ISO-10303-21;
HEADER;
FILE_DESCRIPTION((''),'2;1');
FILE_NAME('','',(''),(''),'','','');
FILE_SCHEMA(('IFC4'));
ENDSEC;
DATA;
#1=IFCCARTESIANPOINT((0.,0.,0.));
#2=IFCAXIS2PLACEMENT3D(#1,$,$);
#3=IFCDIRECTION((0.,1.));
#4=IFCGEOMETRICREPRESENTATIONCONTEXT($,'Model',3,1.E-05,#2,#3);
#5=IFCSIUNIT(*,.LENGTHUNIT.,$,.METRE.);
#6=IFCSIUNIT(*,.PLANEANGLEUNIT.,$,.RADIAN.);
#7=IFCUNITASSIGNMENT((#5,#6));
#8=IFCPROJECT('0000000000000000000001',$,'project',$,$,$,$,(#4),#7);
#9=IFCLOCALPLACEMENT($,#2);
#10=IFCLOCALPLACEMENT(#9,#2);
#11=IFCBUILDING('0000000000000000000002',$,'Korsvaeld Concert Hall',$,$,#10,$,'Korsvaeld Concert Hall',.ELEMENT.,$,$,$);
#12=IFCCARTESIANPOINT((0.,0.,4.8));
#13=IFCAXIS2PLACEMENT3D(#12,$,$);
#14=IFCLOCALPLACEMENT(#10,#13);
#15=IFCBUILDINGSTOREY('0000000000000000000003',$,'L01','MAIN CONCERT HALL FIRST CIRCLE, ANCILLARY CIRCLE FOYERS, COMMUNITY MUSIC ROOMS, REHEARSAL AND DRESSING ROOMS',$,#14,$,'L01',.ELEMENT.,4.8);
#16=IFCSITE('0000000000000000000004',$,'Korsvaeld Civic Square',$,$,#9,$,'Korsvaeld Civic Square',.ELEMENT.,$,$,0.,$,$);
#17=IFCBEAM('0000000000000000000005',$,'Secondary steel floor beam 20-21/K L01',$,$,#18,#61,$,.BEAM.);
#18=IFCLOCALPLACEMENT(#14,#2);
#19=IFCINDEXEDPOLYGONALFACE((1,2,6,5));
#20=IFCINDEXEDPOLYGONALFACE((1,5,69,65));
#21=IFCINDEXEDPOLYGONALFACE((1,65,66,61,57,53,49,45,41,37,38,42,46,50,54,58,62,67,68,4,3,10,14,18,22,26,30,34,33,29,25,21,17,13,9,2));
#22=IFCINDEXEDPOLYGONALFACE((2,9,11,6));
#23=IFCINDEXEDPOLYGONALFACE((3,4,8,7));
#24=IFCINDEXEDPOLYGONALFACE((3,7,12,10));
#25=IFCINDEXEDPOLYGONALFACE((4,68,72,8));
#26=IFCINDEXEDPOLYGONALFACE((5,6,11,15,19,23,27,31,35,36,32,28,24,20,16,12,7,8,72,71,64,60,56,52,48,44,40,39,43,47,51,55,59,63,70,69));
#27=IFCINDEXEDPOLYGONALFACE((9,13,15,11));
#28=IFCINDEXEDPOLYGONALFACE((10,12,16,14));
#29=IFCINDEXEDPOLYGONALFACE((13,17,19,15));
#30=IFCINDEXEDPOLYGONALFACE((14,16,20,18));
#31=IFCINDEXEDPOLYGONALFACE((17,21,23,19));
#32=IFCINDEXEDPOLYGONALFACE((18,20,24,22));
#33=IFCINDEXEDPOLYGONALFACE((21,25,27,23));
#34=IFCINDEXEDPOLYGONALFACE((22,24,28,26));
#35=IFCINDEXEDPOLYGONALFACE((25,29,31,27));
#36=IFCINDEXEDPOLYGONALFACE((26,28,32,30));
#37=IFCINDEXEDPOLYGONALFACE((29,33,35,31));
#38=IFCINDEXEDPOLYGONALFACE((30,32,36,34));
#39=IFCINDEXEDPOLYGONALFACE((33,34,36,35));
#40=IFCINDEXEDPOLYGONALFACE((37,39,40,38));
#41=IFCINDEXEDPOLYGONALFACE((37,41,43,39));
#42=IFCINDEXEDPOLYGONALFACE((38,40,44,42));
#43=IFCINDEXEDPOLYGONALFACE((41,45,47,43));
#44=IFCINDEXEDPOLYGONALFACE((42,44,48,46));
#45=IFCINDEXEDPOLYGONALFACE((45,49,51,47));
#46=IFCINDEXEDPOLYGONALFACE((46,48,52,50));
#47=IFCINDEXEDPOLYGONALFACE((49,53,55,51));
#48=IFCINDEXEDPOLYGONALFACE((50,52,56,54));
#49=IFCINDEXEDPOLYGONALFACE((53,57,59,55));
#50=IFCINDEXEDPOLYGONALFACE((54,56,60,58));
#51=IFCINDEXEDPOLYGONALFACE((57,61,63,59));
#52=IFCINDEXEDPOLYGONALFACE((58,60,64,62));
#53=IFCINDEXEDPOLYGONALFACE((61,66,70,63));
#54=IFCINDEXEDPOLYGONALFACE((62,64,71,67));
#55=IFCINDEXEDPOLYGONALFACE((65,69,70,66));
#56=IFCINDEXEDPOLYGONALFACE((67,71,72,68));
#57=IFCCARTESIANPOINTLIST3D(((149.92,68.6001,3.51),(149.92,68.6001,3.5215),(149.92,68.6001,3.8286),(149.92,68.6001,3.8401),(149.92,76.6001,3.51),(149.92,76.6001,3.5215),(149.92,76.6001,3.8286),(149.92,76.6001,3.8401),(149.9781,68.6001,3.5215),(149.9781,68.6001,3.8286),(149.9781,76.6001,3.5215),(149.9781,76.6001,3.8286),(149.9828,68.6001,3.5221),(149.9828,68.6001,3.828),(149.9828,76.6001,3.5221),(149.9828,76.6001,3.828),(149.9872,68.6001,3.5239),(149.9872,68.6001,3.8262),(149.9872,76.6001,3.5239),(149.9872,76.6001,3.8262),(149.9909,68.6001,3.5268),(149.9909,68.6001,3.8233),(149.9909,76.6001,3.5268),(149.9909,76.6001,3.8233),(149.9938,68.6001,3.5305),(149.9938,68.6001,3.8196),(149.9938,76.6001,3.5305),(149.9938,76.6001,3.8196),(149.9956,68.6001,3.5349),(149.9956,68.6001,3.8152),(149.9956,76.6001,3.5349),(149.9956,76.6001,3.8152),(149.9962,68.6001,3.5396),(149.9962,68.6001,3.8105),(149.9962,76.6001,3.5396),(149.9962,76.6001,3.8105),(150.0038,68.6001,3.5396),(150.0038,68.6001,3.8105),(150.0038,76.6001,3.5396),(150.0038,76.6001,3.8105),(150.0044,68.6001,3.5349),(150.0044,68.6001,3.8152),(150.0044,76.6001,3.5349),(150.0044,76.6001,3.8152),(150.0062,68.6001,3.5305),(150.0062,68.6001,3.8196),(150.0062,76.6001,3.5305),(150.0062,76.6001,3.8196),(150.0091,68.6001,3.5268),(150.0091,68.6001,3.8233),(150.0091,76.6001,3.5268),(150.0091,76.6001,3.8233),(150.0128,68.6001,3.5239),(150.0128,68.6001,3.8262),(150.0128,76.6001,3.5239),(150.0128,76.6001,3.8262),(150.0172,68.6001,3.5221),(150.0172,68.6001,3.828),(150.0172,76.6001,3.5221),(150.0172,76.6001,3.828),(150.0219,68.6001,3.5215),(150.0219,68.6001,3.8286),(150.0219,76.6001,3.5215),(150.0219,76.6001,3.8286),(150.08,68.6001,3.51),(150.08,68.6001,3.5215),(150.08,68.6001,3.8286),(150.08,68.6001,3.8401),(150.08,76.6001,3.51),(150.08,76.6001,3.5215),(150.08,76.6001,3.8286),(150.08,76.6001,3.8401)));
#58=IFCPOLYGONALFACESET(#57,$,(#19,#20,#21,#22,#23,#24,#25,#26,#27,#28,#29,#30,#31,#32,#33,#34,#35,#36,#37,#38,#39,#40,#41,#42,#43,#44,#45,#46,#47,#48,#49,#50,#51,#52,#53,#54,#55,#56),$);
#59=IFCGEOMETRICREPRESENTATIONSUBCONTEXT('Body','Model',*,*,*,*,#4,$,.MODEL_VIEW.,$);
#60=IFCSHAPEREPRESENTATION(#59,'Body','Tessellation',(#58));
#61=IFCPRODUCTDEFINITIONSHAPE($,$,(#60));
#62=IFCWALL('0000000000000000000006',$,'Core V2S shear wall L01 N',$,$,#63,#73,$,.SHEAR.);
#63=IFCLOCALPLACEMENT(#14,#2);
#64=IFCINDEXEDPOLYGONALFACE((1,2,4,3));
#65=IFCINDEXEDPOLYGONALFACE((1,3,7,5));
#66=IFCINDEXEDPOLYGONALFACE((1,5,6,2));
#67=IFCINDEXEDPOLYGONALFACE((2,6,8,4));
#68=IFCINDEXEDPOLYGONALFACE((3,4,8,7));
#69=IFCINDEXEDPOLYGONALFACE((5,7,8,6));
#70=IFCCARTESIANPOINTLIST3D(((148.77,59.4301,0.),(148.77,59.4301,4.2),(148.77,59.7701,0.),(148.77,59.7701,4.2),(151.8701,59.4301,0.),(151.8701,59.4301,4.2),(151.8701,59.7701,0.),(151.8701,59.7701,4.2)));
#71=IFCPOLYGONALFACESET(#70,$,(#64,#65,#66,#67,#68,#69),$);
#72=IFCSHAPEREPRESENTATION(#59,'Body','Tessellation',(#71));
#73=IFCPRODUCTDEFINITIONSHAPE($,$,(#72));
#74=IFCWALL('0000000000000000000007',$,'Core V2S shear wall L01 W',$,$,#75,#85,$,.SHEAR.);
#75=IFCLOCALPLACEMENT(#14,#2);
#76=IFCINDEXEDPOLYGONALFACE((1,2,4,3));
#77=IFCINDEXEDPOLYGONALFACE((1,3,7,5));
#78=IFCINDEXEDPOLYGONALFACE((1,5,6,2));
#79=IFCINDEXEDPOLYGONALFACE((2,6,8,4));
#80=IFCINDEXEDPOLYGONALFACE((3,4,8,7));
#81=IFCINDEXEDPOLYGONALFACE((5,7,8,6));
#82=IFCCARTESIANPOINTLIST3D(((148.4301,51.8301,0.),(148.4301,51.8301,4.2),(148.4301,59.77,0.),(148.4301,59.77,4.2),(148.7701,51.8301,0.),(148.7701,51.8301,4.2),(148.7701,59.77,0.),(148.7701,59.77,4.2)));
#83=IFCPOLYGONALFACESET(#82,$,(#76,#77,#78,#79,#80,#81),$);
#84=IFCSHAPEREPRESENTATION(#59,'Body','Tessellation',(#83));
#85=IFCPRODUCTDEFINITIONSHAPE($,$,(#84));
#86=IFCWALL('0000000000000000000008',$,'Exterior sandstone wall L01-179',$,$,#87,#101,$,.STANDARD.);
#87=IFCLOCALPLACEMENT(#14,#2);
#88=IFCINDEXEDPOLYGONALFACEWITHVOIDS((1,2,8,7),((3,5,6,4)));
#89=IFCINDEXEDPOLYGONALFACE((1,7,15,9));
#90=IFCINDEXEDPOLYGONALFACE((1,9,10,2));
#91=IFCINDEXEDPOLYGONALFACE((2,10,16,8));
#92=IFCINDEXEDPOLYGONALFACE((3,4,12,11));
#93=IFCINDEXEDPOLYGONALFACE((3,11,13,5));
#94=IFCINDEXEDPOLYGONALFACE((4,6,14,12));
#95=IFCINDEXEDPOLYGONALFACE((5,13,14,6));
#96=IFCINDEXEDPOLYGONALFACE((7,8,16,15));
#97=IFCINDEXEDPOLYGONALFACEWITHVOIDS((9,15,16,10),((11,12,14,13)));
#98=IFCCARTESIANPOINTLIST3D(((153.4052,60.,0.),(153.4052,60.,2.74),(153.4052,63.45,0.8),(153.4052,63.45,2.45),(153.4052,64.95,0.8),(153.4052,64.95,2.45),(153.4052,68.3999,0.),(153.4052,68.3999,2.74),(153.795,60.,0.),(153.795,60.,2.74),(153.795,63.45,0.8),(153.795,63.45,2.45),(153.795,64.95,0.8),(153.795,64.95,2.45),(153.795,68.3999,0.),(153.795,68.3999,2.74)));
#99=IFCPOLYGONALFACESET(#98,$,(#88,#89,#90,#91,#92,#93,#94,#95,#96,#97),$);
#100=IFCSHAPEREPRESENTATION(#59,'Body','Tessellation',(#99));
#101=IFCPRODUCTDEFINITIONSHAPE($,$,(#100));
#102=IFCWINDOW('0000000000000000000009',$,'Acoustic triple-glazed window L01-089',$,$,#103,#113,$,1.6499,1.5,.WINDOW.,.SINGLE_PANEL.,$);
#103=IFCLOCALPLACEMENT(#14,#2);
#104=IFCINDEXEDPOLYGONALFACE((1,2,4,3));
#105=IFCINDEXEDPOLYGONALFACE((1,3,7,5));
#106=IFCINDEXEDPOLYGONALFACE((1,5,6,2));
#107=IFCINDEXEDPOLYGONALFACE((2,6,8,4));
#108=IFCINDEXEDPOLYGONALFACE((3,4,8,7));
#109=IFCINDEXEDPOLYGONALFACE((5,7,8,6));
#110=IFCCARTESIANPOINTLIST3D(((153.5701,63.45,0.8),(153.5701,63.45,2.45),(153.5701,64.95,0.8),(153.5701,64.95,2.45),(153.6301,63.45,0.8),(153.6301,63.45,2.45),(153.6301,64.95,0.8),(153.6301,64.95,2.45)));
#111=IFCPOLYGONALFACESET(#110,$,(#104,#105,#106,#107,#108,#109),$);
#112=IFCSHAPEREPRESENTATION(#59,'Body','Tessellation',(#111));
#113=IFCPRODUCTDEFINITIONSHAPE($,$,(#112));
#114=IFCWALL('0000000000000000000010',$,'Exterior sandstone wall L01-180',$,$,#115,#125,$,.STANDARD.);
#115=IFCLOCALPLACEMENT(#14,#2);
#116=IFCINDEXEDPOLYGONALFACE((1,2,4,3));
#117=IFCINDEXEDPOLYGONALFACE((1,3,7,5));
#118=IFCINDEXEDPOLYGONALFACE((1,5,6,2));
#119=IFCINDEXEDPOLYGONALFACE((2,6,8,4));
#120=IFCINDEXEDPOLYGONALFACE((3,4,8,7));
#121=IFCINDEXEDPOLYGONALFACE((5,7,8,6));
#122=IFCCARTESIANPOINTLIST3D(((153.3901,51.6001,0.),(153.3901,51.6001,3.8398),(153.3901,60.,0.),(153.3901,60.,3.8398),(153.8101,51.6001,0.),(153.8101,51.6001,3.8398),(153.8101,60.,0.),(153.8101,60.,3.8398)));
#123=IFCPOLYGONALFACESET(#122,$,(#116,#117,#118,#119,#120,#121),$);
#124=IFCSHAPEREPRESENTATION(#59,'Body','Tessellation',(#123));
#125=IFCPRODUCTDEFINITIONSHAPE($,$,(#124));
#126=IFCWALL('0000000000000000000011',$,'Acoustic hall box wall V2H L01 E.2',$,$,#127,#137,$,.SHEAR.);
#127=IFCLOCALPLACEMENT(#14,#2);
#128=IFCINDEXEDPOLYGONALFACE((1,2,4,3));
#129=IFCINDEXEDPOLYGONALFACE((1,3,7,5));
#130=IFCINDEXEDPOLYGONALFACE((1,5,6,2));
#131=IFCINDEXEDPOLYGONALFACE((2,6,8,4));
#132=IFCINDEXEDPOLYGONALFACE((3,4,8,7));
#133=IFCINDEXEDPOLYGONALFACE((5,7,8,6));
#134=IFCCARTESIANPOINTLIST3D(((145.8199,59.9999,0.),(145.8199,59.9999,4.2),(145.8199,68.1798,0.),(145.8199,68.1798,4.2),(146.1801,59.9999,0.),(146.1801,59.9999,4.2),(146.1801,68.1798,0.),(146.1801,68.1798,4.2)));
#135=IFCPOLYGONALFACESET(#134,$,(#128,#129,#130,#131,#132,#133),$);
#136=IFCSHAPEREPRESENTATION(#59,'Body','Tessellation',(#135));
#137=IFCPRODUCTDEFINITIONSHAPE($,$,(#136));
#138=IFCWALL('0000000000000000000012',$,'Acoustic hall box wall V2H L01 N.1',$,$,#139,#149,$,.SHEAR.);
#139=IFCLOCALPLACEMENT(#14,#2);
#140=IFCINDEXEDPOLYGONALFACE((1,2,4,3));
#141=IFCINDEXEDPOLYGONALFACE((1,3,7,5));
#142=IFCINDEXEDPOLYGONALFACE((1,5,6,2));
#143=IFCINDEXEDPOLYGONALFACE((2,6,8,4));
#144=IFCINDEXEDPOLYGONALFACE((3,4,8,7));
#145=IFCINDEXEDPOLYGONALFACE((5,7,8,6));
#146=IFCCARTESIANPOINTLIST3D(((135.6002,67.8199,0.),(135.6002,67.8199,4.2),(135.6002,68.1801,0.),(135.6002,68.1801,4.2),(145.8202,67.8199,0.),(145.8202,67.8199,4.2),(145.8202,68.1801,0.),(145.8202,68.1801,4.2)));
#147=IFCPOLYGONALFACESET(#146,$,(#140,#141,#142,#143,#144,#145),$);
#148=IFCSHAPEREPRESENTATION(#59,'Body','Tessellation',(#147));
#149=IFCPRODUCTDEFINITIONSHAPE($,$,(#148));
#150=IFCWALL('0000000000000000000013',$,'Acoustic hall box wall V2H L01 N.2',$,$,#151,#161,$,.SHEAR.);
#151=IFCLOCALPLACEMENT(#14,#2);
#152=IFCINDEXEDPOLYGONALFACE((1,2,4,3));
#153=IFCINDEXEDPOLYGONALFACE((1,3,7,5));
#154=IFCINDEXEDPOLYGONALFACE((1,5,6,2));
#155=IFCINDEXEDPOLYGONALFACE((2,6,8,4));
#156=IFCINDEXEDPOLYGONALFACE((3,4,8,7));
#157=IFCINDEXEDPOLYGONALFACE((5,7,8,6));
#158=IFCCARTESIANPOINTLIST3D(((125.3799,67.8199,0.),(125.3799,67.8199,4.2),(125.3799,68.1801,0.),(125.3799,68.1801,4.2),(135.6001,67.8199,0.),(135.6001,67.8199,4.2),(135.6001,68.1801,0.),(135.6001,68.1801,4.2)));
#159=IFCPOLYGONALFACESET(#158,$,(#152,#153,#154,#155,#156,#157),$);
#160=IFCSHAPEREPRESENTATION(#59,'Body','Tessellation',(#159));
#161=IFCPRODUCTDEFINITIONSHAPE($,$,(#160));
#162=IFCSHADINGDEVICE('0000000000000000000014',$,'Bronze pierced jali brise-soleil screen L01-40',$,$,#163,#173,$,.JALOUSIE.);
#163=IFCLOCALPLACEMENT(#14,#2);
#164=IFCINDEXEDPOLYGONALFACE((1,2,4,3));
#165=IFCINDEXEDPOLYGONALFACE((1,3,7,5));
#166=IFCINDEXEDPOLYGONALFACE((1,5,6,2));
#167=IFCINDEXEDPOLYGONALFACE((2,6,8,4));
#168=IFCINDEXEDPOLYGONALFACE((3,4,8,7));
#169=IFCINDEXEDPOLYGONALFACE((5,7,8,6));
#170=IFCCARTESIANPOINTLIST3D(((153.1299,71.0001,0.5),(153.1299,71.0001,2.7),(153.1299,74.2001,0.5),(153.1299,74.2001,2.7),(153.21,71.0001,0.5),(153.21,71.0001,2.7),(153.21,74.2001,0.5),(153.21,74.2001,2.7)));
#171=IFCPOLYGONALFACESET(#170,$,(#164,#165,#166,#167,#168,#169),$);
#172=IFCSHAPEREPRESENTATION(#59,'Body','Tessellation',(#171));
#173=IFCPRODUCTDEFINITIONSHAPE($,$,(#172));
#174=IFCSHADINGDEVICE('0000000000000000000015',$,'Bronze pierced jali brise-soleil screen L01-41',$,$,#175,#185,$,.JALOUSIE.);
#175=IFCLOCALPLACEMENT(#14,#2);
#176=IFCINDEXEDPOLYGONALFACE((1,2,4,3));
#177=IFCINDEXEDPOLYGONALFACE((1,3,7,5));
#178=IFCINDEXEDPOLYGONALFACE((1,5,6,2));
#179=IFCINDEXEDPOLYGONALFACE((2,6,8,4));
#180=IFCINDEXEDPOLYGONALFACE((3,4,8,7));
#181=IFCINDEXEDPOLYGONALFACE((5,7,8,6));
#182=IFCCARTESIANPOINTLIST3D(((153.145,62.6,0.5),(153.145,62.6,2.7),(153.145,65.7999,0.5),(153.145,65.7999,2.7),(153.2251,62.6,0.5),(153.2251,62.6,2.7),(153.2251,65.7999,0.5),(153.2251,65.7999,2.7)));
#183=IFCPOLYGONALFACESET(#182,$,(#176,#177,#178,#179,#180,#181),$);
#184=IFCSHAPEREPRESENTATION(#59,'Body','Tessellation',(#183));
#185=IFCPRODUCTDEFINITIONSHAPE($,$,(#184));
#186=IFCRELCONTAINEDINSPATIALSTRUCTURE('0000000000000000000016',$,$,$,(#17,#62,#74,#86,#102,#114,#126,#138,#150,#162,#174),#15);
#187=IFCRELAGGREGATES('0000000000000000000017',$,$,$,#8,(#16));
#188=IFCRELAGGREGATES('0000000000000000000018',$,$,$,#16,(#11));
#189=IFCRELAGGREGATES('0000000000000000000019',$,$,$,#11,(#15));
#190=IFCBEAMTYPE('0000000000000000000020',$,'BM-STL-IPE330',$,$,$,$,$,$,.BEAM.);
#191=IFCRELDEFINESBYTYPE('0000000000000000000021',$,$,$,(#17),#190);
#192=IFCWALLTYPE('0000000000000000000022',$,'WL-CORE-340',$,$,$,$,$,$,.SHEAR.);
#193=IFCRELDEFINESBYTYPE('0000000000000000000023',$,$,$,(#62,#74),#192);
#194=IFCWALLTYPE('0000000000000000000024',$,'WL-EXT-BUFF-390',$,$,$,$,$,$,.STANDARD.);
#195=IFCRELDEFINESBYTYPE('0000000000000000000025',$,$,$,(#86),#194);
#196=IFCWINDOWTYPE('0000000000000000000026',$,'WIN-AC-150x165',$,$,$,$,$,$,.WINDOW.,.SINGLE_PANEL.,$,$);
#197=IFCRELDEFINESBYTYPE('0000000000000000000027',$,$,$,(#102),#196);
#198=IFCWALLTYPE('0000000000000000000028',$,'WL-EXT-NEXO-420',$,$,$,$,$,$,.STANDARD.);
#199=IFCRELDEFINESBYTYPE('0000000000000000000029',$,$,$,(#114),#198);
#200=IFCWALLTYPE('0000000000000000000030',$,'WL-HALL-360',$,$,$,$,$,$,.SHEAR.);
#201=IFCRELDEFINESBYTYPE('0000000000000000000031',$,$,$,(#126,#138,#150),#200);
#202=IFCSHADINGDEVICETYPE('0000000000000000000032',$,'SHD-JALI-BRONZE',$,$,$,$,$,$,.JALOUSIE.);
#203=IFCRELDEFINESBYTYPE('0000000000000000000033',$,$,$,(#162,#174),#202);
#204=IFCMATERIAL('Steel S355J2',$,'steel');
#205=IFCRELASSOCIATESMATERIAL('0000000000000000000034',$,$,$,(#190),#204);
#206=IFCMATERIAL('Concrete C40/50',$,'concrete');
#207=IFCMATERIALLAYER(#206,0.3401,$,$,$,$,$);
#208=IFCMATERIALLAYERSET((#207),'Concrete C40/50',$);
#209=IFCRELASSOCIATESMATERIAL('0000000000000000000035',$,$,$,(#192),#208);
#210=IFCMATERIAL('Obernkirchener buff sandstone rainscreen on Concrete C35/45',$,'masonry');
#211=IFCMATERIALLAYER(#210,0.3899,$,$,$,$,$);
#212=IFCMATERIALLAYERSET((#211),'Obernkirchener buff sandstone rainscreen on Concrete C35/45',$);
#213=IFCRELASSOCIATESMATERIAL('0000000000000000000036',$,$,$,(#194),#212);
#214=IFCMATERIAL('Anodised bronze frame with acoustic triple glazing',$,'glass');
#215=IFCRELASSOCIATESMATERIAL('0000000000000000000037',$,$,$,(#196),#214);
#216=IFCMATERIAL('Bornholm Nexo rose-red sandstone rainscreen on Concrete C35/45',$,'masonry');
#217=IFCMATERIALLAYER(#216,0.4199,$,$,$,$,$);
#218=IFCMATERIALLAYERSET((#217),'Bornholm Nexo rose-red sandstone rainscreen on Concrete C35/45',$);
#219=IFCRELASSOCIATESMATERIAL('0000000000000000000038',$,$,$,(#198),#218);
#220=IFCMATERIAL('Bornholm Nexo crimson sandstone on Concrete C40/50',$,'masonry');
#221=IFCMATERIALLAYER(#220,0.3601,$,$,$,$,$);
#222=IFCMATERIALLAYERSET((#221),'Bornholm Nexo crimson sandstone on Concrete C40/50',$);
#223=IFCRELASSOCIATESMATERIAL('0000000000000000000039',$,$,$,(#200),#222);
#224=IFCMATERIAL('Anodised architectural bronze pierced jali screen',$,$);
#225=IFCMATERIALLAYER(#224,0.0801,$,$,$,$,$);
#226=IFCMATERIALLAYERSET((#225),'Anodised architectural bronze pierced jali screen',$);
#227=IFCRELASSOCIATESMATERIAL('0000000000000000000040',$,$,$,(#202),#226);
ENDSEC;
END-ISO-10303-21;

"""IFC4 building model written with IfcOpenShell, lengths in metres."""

from ifc_helpers import new_model, si_unit, direction, frame, frame_2d, origin, origin_2d, place, context, subcontext, project, spatial, rectangle, i_section, extrude, material, layer, layer_set, material_profile, profile_set, type_object, element, fill, save


model = new_model("IFC4")

# Units and contexts
model_context = context("Model", 3, precision=1e-05, world=origin(), true_north=direction((0.0, 1.0)))
body_context = subcontext(model_context, "Body", "Model", "MODEL_VIEW")
ifc_project = project(units=[si_unit("LENGTHUNIT", "METRE"), si_unit("PLANEANGLEUNIT", "RADIAN")], contexts=[model_context])

# Site, building, storey
site_placement = place(None, origin())
site = spatial("IfcSite", under=ifc_project, at=site_placement, Name="Korsvaeld Civic Square", LongName="Korsvaeld Civic Square", CompositionType="ELEMENT", RefElevation=0.0)
building_placement = place(site_placement, origin())
building = spatial("IfcBuilding", under=site, at=building_placement, Name="Korsvaeld Concert Hall", LongName="Korsvaeld Concert Hall", CompositionType="ELEMENT")
storey_placement = place(building_placement, frame((0.0, 0.0, 4.8)))
storey = spatial("IfcBuildingStorey", under=building, at=storey_placement, Name="L01", Description="MAIN CONCERT HALL FIRST CIRCLE, ANCILLARY CIRCLE FOYERS, COMMUNITY MUSIC ROOMS, REHEARSAL AND DRESSING ROOMS", LongName="L01", CompositionType="ELEMENT", Elevation=4.8)

# Shared definitions
ifc_material_1 = material(Name="Concrete C40/50", Category="concrete")

# Beam
ifc_material_2 = material(Name="Steel S355J2", Category="steel")
ifc_material_profile_1 = material_profile(ifc_material_2, i_section(OverallWidth=0.1599, OverallDepth=0.3301, WebThickness=0.0076, FlangeThickness=0.0115, FilletRadius=0.0181, at=origin_2d()), Name="IPE 330")
ifc_profile_set_1 = profile_set([ifc_material_profile_1], Name="Steel S355J2")
beam_type_1 = type_object("IfcBeamType", Name="BM-STL-IPE330", PredefinedType="BEAM", material=ifc_profile_set_1)
beam_1_placement = place(storey_placement, frame((150.0, 68.6001, 3.675), z_axis=(0.0, 1.0, 0.0), x_axis=(-1.0, 0.0, 0.0)))
element("IfcBeam", 1, at=beam_1_placement, inside=storey, type_object=beam_type_1, Name="Secondary steel floor beam 20-21/K L01", PredefinedType="BEAM", context=body_context, shape_type="SweptSolid", body=[
    extrude(i_section(OverallWidth=0.1599, OverallDepth=0.3301, WebThickness=0.0076, FlangeThickness=0.0115, FilletRadius=0.0181, at=origin_2d()), origin(), (0.0, 0.0, 1.0), 8.0),
])

# Walls
ifc_layer_1 = layer(ifc_material_1, 0.3401)
ifc_layer_set_1 = layer_set([ifc_layer_1], Name="Concrete C40/50")
wall_type_1 = type_object("IfcWallType", Name="WL-CORE-340", PredefinedType="SHEAR", material=ifc_layer_set_1)
wall_1_placement = place(storey_placement, frame((151.8701, 59.6001, 0.0), z_axis=(0.0, 0.0, 1.0), x_axis=(-1.0, 0.0, 0.0)))
element("IfcWall", 2, at=wall_1_placement, inside=storey, type_object=wall_type_1, Name="Core V2S shear wall L01 N", PredefinedType="SHEAR", context=body_context, shape_type="SweptSolid", body=[
    extrude(rectangle(XDim=3.1001, YDim=0.3401, at=frame_2d((1.55, 0.0))), origin(), (0.0, 0.0, 1.0), 4.2),
])
wall_2_placement = place(storey_placement, frame((148.6001, 59.77, 0.0), z_axis=(0.0, 0.0, 1.0), x_axis=(0.0, -1.0, 0.0)))
element("IfcWall", 3, at=wall_2_placement, inside=storey, type_object=wall_type_1, Name="Core V2S shear wall L01 W", PredefinedType="SHEAR", context=body_context, shape_type="SweptSolid", body=[
    extrude(rectangle(XDim=7.9399, YDim=0.3401, at=frame_2d((3.97, 0.0))), origin(), (0.0, 0.0, 1.0), 4.2),
])

# Wall, opening, window
ifc_material_3 = material(Name="Obernkirchener buff sandstone rainscreen on Concrete C35/45", Category="masonry")
ifc_layer_2 = layer(ifc_material_3, 0.3899)
ifc_layer_set_2 = layer_set([ifc_layer_2], Name="Obernkirchener buff sandstone rainscreen on Concrete C35/45")
wall_type_2 = type_object("IfcWallType", Name="WL-EXT-BUFF-390", PredefinedType="STANDARD", material=ifc_layer_set_2)
wall_3_placement = place(storey_placement, frame((153.6001, 68.3999, 0.0), z_axis=(0.0, 0.0, 1.0), x_axis=(0.0, -1.0, 0.0)))
wall_3 = element("IfcWall", 4, at=wall_3_placement, inside=storey, type_object=wall_type_2, Name="Exterior sandstone wall L01-179", PredefinedType="STANDARD", context=body_context, shape_type="SweptSolid", body=[
    extrude(rectangle(XDim=8.3999, YDim=0.3899, at=frame_2d((4.2, 0.0))), origin(), (0.0, 0.0, 1.0), 2.74),
])
opening_placement = place(wall_3_placement, frame((3.45, 0.0, 0.8)))
opening = element("IfcOpeningElement", 5, at=opening_placement, cuts=wall_3, PredefinedType="OPENING", context=body_context, shape_type="SweptSolid", body=[
    extrude(rectangle(XDim=1.5, YDim=1.6499, at=frame_2d((0.75, 0.825))), frame((0.0, 0.2051, 0.0), z_axis=(0.0, -1.0, 0.0), x_axis=(1.0, 0.0, 0.0)), (0.0, 0.0, 1.0), 0.4099),
])
ifc_material_4 = material(Name="Anodised bronze frame with acoustic triple glazing", Category="glass")
window_type = type_object("IfcWindowType", Name="WIN-AC-150x165", PartitioningType="SINGLE_PANEL", PredefinedType="WINDOW", material=ifc_material_4)
window_placement = place(opening_placement, origin())
window = element("IfcWindow", 6, at=window_placement, inside=storey, type_object=window_type, Name="Acoustic triple-glazed window L01-089", OverallHeight=1.6499, OverallWidth=1.5, PartitioningType="SINGLE_PANEL", PredefinedType="WINDOW", context=body_context, shape_type="SweptSolid", body=[
    extrude(rectangle(XDim=1.5, YDim=1.6499, at=frame_2d((0.75, 0.825))), frame((0.0, 0.03, 0.0), z_axis=(0.0, -1.0, 0.0), x_axis=(1.0, 0.0, 0.0)), (0.0, 0.0, 1.0), 0.0601),
])
fill(opening, window)

# Walls
ifc_material_5 = material(Name="Bornholm Nexo rose-red sandstone rainscreen on Concrete C35/45", Category="masonry")
ifc_layer_3 = layer(ifc_material_5, 0.4199)
ifc_layer_set_3 = layer_set([ifc_layer_3], Name="Bornholm Nexo rose-red sandstone rainscreen on Concrete C35/45")
wall_type_3 = type_object("IfcWallType", Name="WL-EXT-NEXO-420", PredefinedType="STANDARD", material=ifc_layer_set_3)
wall_4_placement = place(storey_placement, frame((153.6001, 60.0, 0.0), z_axis=(0.0, 0.0, 1.0), x_axis=(0.0, -1.0, 0.0)))
element("IfcWall", 7, at=wall_4_placement, inside=storey, type_object=wall_type_3, Name="Exterior sandstone wall L01-180", PredefinedType="STANDARD", context=body_context, shape_type="SweptSolid", body=[
    extrude(rectangle(XDim=8.3999, YDim=0.4199, at=frame_2d((4.2, 0.0))), origin(), (0.0, 0.0, 1.0), 3.8398),
])
ifc_material_6 = material(Name="Bornholm Nexo crimson sandstone on Concrete C40/50", Category="masonry")
ifc_layer_4 = layer(ifc_material_6, 0.3601)
ifc_layer_set_4 = layer_set([ifc_layer_4], Name="Bornholm Nexo crimson sandstone on Concrete C40/50")
wall_type_4 = type_object("IfcWallType", Name="WL-HALL-360", PredefinedType="SHEAR", material=ifc_layer_set_4)
wall_5_placement = place(storey_placement, frame((146.0, 60.0, 0.0), z_axis=(0.0, 0.0, 1.0), x_axis=(0.0, 1.0, 0.0)))
element("IfcWall", 8, at=wall_5_placement, inside=storey, type_object=wall_type_4, Name="Acoustic hall box wall V2H L01 E.2", PredefinedType="SHEAR", context=body_context, shape_type="SweptSolid", body=[
    extrude(rectangle(XDim=8.1799, YDim=0.3601, at=frame_2d((4.0898, 0.0))), origin(), (0.0, 0.0, 1.0), 4.2),
])
wall_6_placement = place(storey_placement, frame((145.8201, 68.0, 0.0), z_axis=(0.0, 0.0, 1.0), x_axis=(-1.0, 0.0, 0.0)))
element("IfcWall", 9, at=wall_6_placement, inside=storey, type_object=wall_type_4, Name="Acoustic hall box wall V2H L01 N.1", PredefinedType="SHEAR", context=body_context, shape_type="SweptSolid", body=[
    extrude(rectangle(XDim=10.22, YDim=0.3601, at=frame_2d((5.1099, 0.0))), origin(), (0.0, 0.0, 1.0), 4.2),
])
wall_7_placement = place(storey_placement, frame((135.6001, 68.0, 0.0), z_axis=(0.0, 0.0, 1.0), x_axis=(-1.0, 0.0, 0.0)))
element("IfcWall", 10, at=wall_7_placement, inside=storey, type_object=wall_type_4, Name="Acoustic hall box wall V2H L01 N.2", PredefinedType="SHEAR", context=body_context, shape_type="SweptSolid", body=[
    extrude(rectangle(XDim=10.2202, YDim=0.3601, at=frame_2d((5.1101, 0.0))), origin(), (0.0, 0.0, 1.0), 4.2),
])

# Shading devices
ifc_material_7 = material(Name="Anodised architectural bronze pierced jali screen")
ifc_layer_5 = layer(ifc_material_7, 0.0801)
ifc_layer_set_5 = layer_set([ifc_layer_5], Name="Anodised architectural bronze pierced jali screen")
shading_device_type = type_object("IfcShadingDeviceType", Name="SHD-JALI-BRONZE", PredefinedType="JALOUSIE", material=ifc_layer_set_5)
for number, where, z_axis, x_axis, name in (
    (11, (153.1699, 72.6001, 0.5), (0.0, 0.0, 1.0), (0.0, -1.0, 0.0), "Bronze pierced jali brise-soleil screen L01-40"),
    (12, (153.1851, 64.2, 0.5), (0.0, 0.0, 1.0), (0.0, -1.0, 0.0), "Bronze pierced jali brise-soleil screen L01-41"),
):
    element("IfcShadingDevice", number, at=place(storey_placement, frame(where, z_axis=z_axis, x_axis=x_axis)), inside=storey, type_object=shading_device_type, Name=name, PredefinedType="JALOUSIE", context=body_context, shape_type="SweptSolid", body=[
        extrude(rectangle(XDim=3.2, YDim=0.0801, at=origin_2d()), origin(), (0.0, 0.0, 1.0), 2.2),
    ])

save(model, "model.ifc")
